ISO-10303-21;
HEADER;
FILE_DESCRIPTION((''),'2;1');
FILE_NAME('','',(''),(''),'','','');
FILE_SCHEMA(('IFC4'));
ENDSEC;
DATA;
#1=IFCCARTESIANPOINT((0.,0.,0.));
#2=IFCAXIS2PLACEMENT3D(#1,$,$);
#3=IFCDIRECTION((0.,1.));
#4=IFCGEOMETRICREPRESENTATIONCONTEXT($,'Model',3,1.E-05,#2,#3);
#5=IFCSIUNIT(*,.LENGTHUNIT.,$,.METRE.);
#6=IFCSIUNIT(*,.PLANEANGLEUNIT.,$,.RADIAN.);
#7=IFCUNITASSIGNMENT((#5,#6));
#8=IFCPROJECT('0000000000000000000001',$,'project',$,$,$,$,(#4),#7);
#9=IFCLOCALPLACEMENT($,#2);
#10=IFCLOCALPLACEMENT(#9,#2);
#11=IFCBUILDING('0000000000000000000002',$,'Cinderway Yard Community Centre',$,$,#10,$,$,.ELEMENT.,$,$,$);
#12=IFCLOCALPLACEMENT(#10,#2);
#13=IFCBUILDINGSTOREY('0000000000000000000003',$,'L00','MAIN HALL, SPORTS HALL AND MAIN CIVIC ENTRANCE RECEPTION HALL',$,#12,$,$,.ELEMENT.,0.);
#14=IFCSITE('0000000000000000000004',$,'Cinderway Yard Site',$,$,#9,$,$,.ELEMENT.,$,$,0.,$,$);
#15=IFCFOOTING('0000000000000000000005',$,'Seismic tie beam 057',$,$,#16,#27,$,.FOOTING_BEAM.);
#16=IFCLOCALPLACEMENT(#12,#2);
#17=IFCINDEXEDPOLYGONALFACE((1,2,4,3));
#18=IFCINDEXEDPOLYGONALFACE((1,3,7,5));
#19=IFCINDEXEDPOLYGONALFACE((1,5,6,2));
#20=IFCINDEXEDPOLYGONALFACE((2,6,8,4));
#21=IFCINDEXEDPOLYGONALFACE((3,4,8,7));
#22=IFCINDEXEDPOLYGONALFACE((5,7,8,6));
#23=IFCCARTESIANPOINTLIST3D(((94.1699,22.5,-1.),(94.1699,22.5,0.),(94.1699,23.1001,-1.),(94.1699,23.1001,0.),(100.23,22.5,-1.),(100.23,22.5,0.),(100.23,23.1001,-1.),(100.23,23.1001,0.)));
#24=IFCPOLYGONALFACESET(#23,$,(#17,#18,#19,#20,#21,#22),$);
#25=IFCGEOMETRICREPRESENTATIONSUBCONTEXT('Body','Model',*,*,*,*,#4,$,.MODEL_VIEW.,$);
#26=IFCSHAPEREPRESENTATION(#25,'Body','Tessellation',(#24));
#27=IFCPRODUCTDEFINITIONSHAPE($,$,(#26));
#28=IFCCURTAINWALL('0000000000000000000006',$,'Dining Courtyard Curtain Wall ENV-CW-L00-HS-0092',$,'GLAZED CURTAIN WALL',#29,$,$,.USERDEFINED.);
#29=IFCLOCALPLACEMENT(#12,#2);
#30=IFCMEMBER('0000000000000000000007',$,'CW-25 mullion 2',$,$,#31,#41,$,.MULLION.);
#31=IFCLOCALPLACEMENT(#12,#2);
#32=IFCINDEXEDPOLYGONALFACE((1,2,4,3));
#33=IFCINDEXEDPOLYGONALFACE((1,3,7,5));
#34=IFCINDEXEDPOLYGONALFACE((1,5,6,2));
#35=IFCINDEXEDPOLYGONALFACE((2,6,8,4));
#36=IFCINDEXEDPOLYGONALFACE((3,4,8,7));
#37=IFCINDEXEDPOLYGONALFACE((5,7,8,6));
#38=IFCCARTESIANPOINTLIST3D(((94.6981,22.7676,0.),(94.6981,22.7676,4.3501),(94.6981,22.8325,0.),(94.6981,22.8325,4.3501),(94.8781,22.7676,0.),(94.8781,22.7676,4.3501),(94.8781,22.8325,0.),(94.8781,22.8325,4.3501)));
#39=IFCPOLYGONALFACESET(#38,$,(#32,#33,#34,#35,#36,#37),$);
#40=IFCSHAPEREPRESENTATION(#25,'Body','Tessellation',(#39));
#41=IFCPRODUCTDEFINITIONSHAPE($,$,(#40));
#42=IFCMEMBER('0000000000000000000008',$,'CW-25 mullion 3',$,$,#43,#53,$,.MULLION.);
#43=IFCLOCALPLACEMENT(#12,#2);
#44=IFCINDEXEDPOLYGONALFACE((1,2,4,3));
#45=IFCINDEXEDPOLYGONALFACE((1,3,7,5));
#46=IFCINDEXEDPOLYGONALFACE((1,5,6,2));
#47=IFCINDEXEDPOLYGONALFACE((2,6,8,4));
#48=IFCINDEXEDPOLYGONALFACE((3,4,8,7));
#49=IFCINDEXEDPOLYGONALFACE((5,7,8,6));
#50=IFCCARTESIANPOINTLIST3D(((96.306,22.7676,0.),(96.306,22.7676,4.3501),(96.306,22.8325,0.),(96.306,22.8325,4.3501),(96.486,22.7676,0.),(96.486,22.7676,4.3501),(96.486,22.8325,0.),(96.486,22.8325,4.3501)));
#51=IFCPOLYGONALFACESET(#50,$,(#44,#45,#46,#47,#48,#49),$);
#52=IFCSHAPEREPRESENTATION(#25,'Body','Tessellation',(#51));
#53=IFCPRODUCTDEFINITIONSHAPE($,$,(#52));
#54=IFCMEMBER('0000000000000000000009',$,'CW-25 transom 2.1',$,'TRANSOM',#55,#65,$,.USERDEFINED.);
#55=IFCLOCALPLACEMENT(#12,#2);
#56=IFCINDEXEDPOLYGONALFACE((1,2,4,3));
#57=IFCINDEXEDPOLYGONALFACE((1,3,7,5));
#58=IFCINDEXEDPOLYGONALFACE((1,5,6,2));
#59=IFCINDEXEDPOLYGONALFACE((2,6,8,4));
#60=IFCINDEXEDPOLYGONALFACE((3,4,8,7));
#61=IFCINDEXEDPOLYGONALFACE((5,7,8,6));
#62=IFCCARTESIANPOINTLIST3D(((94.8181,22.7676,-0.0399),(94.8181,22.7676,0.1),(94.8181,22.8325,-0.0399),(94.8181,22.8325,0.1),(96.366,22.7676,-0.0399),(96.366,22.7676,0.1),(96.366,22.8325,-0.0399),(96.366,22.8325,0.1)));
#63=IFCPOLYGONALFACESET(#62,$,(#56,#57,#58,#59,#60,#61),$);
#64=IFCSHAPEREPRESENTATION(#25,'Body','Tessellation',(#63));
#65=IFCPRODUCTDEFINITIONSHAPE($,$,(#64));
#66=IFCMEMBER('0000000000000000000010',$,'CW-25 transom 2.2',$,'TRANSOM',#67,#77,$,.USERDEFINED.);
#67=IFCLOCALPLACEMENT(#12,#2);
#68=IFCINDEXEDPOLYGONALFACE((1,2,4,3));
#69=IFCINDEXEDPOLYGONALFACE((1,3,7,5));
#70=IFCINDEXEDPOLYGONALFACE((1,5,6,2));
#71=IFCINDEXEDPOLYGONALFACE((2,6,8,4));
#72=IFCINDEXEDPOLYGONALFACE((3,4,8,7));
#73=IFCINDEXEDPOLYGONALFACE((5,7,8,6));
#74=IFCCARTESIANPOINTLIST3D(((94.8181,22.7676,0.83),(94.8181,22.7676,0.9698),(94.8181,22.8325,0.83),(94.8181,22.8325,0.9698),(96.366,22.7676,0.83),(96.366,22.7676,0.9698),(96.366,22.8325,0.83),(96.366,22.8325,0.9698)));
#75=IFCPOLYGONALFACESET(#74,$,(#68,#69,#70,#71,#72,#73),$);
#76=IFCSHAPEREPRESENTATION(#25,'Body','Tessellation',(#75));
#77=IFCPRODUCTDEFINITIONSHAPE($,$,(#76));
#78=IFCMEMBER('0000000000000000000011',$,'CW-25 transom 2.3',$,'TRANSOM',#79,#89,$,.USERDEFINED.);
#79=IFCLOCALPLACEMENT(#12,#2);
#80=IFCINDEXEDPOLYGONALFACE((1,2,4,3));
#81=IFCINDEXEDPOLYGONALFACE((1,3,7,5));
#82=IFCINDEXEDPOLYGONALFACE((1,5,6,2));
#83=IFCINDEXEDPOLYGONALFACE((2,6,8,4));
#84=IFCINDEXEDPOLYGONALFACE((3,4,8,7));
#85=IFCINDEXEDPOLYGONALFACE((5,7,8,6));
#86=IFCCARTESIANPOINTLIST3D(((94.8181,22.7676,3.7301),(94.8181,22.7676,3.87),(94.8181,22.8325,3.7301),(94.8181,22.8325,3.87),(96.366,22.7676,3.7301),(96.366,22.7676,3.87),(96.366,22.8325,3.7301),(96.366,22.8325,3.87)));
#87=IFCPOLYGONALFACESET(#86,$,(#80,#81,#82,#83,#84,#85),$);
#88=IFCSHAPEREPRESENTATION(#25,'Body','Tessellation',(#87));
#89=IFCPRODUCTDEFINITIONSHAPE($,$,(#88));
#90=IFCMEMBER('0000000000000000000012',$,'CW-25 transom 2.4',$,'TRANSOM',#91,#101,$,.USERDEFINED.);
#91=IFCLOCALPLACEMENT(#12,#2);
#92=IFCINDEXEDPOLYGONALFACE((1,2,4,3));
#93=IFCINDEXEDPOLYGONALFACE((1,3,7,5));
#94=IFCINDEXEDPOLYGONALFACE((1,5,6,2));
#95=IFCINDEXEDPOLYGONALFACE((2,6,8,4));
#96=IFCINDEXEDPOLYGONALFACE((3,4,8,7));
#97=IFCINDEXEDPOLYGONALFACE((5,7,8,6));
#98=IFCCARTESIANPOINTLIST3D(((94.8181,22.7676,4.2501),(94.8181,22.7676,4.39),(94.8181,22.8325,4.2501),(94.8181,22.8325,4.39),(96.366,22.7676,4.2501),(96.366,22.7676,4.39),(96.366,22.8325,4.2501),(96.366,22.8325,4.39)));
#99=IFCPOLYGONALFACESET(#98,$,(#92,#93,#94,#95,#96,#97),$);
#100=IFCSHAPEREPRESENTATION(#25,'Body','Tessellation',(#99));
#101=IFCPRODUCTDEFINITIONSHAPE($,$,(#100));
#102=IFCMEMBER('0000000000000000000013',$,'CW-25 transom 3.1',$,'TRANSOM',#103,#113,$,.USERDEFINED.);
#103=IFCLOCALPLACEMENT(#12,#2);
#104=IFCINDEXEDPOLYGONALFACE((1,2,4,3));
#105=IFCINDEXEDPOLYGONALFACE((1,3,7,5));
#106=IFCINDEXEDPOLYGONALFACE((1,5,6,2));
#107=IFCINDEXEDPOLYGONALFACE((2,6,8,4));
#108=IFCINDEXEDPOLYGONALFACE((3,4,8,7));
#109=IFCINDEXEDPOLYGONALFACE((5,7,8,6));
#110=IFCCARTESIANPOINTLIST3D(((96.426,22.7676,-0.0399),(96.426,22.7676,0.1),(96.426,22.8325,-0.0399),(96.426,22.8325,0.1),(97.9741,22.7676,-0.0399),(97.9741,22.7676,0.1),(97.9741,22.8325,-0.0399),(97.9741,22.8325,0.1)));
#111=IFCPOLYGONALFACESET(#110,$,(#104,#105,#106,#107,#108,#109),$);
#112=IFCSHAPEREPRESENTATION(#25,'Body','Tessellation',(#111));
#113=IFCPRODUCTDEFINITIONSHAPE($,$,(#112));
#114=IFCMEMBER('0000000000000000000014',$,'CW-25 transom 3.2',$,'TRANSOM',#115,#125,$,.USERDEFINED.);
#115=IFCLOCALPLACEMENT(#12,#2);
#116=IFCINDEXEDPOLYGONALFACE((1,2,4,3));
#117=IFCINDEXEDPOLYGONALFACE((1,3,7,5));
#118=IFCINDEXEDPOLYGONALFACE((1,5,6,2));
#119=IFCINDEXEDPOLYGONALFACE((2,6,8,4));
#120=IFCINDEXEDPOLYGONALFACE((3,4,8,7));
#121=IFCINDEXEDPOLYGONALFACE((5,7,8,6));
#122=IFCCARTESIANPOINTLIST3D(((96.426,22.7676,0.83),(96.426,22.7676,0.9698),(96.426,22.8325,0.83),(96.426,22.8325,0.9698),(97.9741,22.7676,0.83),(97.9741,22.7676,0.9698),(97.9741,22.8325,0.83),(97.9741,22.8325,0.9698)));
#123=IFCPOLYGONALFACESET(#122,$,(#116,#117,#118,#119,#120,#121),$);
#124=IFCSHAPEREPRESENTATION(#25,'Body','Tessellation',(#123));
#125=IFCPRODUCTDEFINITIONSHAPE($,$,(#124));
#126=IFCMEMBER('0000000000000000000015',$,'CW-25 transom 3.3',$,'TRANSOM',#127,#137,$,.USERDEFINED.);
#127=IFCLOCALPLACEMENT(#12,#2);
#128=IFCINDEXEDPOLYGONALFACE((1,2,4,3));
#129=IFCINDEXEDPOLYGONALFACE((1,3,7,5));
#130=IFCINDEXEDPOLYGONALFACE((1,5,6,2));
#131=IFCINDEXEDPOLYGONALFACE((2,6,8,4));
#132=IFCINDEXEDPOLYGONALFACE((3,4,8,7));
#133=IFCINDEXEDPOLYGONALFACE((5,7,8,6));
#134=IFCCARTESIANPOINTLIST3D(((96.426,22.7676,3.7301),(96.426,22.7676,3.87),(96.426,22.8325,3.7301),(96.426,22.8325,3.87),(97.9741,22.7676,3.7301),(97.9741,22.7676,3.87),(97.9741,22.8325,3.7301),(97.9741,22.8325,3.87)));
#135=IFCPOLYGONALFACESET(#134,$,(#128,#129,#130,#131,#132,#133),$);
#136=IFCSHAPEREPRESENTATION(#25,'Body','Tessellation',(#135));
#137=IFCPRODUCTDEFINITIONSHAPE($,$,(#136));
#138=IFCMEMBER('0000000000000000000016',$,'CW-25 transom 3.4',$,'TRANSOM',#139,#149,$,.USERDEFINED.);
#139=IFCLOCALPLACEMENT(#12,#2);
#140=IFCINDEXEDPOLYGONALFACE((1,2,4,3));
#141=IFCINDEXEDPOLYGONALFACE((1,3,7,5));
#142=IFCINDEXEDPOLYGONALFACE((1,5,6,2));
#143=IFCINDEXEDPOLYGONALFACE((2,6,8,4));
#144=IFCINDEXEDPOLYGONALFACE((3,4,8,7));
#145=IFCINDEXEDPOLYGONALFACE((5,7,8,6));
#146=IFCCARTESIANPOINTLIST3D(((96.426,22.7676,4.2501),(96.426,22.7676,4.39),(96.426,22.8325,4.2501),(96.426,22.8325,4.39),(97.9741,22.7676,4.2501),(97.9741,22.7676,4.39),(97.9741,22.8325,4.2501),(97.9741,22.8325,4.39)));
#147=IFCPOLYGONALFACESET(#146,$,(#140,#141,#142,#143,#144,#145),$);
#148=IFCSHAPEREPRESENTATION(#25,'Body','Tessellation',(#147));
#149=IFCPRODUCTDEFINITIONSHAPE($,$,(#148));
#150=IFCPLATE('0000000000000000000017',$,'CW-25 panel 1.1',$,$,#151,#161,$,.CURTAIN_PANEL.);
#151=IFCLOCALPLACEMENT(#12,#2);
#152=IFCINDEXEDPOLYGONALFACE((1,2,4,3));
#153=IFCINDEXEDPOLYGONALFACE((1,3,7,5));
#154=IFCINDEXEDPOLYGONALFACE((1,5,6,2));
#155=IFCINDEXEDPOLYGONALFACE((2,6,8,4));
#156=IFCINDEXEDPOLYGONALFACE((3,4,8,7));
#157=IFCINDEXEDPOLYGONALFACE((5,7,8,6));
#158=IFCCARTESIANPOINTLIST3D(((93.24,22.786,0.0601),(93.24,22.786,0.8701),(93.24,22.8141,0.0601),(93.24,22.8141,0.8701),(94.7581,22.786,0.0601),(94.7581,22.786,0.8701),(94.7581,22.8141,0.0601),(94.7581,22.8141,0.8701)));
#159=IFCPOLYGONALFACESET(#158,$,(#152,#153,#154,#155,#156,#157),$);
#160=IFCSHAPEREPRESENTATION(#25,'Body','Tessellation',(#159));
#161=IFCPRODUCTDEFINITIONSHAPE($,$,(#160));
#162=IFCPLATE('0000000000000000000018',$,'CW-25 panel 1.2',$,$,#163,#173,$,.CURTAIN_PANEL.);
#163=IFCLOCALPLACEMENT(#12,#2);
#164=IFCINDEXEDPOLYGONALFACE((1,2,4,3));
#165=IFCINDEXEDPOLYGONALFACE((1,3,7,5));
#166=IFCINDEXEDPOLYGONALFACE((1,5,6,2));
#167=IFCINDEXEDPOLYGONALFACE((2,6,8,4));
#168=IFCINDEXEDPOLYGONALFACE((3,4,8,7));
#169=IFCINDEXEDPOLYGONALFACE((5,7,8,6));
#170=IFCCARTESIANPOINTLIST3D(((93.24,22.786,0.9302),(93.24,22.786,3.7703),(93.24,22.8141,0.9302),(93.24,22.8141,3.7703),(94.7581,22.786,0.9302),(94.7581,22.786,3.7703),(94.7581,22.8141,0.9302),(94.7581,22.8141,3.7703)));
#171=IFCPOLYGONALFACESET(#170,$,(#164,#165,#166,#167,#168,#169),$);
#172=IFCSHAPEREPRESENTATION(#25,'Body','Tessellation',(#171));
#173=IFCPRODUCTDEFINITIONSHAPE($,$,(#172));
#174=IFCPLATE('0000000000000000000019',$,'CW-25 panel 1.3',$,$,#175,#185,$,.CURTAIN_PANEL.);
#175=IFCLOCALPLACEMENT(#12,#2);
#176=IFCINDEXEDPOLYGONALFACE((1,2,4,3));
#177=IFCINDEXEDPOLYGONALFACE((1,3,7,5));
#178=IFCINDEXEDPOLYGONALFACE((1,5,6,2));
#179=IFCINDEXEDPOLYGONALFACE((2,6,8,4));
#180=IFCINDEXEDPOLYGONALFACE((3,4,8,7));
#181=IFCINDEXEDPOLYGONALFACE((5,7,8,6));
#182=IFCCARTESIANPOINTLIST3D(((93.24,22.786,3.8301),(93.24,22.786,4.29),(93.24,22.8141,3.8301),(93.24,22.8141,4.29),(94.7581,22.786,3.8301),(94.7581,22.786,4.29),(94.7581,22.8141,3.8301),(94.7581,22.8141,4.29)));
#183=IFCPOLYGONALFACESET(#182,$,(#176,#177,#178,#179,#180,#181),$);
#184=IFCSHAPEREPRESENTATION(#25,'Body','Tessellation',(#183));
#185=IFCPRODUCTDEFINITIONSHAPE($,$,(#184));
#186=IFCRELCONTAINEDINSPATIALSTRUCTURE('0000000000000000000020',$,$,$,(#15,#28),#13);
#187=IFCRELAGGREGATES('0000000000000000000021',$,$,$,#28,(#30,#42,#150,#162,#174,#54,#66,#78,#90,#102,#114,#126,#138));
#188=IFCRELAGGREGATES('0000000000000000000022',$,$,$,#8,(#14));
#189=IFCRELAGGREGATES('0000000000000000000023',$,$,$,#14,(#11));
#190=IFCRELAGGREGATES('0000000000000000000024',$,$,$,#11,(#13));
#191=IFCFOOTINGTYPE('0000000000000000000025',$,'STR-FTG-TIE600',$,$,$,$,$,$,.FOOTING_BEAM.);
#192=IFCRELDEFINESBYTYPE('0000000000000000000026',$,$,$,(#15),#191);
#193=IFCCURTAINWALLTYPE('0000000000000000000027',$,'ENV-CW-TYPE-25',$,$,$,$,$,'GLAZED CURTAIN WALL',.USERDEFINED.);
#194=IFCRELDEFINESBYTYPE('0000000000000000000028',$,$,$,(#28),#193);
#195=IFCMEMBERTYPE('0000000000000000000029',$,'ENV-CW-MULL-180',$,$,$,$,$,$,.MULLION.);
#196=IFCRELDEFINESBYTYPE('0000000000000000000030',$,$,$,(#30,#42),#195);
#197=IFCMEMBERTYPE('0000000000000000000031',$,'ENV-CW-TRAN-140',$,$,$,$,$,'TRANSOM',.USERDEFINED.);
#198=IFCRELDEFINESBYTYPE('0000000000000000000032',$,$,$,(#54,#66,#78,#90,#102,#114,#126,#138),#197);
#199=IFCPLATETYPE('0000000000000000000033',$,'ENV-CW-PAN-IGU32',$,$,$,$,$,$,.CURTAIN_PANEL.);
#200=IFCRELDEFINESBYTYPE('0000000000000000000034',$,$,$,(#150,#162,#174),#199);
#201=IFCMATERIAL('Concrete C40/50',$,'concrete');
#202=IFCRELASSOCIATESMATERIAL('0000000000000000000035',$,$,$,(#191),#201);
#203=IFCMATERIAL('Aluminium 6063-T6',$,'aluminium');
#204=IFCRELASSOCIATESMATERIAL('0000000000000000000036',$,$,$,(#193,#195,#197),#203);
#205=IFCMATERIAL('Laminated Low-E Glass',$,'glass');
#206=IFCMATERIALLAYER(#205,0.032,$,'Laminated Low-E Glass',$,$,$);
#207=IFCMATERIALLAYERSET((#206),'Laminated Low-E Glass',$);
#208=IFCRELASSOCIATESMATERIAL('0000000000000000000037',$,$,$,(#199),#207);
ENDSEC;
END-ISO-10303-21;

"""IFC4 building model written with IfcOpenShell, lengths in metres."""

from ifc_helpers import new_model, si_unit, direction, frame, origin, origin_2d, place, context, subcontext, project, spatial, rectangle, extrude, material, layer, layer_set, material_profile, profile_set, type_object, element, aggregate, save


model = new_model("IFC4")

# Units and contexts
model_context = context("Model", 3, precision=1e-05, world=origin(), true_north=direction((0.0, 1.0)))
body_context = subcontext(model_context, "Body", "Model", "MODEL_VIEW")
ifc_project = project(units=[si_unit("LENGTHUNIT", "METRE"), si_unit("PLANEANGLEUNIT", "RADIAN")], contexts=[model_context])

# Site, building, storey
site_placement = place(None, origin())
site = spatial("IfcSite", under=ifc_project, at=site_placement, Name="Cinderway Yard Site", CompositionType="ELEMENT", RefElevation=0.0)
building_placement = place(site_placement, origin())
building = spatial("IfcBuilding", under=site, at=building_placement, Name="Cinderway Yard Community Centre", CompositionType="ELEMENT")
storey_placement = place(building_placement, origin())
storey = spatial("IfcBuildingStorey", under=building, at=storey_placement, Name="L00", Description="MAIN HALL, SPORTS HALL AND MAIN CIVIC ENTRANCE RECEPTION HALL", CompositionType="ELEMENT", Elevation=0.0)

# Footing
ifc_material_1 = material(Name="Concrete C40/50", Category="concrete")
footing_type = type_object("IfcFootingType", Name="STR-FTG-TIE600", PredefinedType="FOOTING_BEAM", material=ifc_material_1)
footing_placement = place(storey_placement, frame((97.2, 22.8, -1.0), z_axis=(0.0, 0.0, 1.0), x_axis=(1.0, 0.0, 0.0)))
element("IfcFooting", 1, at=footing_placement, inside=storey, type_object=footing_type, Name="Seismic tie beam 057", PredefinedType="FOOTING_BEAM", context=body_context, shape_type="SweptSolid", body=[
    extrude(rectangle(XDim=6.0601, YDim=0.6001, at=origin_2d()), origin(), (0.0, 0.0, 1.0), 1.0),
])

# Curtain wall, members, plates
ifc_material_2 = material(Name="Aluminium 6063-T6", Category="aluminium")
curtain_wall_type = type_object("IfcCurtainWallType", Name="ENV-CW-TYPE-25", ElementType="GLAZED CURTAIN WALL", PredefinedType="USERDEFINED", material=ifc_material_2)
curtain_wall_placement = place(storey_placement, origin())
curtain_wall = element("IfcCurtainWall", 2, at=curtain_wall_placement, inside=storey, type_object=curtain_wall_type, Name="Dining Courtyard Curtain Wall ENV-CW-L00-HS-0092", ObjectType="GLAZED CURTAIN WALL", PredefinedType="USERDEFINED")
ifc_material_profile_1 = material_profile(ifc_material_2, rectangle(XDim=0.0649, YDim=0.1799, at=origin_2d()), Name="Aluminium 6063-T6")
ifc_profile_set_1 = profile_set([ifc_material_profile_1], Name="Aluminium 6063-T6")
member_type_1 = type_object("IfcMemberType", Name="ENV-CW-MULL-180", PredefinedType="MULLION", material=ifc_profile_set_1)
member_1_placement = place(storey_placement, frame((94.7881, 22.8, 0.0), z_axis=(0.0, 0.0, 1.0), x_axis=(0.0, 1.0, 0.0)))
member_1 = element("IfcMember", 3, at=member_1_placement, type_object=member_type_1, Name="CW-25 mullion 2", PredefinedType="MULLION", context=body_context, shape_type="SweptSolid", body=[
    extrude(rectangle(XDim=0.0649, YDim=0.1799, at=origin_2d()), origin(), (0.0, 0.0, 1.0), 4.3501),
])
member_2_placement = place(storey_placement, frame((96.396, 22.8, 0.0), z_axis=(0.0, 0.0, 1.0), x_axis=(0.0, 1.0, 0.0)))
member_2 = element("IfcMember", 4, at=member_2_placement, type_object=member_type_1, Name="CW-25 mullion 3", PredefinedType="MULLION", context=body_context, shape_type="SweptSolid", body=[
    extrude(rectangle(XDim=0.0649, YDim=0.1799, at=origin_2d()), origin(), (0.0, 0.0, 1.0), 4.3501),
])
ifc_material_profile_2 = material_profile(ifc_material_2, rectangle(XDim=0.0649, YDim=0.1399, at=origin_2d()), Name="Aluminium 6063-T6")
ifc_profile_set_2 = profile_set([ifc_material_profile_2], Name="Aluminium 6063-T6")
member_type_2 = type_object("IfcMemberType", Name="ENV-CW-TRAN-140", ElementType="TRANSOM", PredefinedType="USERDEFINED", material=ifc_profile_set_2)
member_3_placement = place(storey_placement, frame((94.8181, 22.8, 0.03), z_axis=(1.0, 0.0, 0.0), x_axis=(0.0, 1.0, 0.0)))
member_3 = element("IfcMember", 5, at=member_3_placement, type_object=member_type_2, Name="CW-25 transom 2.1", ObjectType="TRANSOM", PredefinedType="USERDEFINED", context=body_context, shape_type="SweptSolid", body=[
    extrude(rectangle(XDim=0.0649, YDim=0.1399, at=origin_2d()), origin(), (0.0, 0.0, 1.0), 1.5479),
])
member_4_placement = place(storey_placement, frame((94.8181, 22.8, 0.8999), z_axis=(1.0, 0.0, 0.0), x_axis=(0.0, 1.0, 0.0)))
member_4 = element("IfcMember", 6, at=member_4_placement, type_object=member_type_2, Name="CW-25 transom 2.2", ObjectType="TRANSOM", PredefinedType="USERDEFINED", context=body_context, shape_type="SweptSolid", body=[
    extrude(rectangle(XDim=0.0649, YDim=0.1399, at=origin_2d()), origin(), (0.0, 0.0, 1.0), 1.5479),
])
member_5_placement = place(storey_placement, frame((94.8181, 22.8, 3.8), z_axis=(1.0, 0.0, 0.0), x_axis=(0.0, 1.0, 0.0)))
member_5 = element("IfcMember", 7, at=member_5_placement, type_object=member_type_2, Name="CW-25 transom 2.3", ObjectType="TRANSOM", PredefinedType="USERDEFINED", context=body_context, shape_type="SweptSolid", body=[
    extrude(rectangle(XDim=0.0649, YDim=0.1399, at=origin_2d()), origin(), (0.0, 0.0, 1.0), 1.5479),
])
member_6_placement = place(storey_placement, frame((94.8181, 22.8, 4.3201), z_axis=(1.0, 0.0, 0.0), x_axis=(0.0, 1.0, 0.0)))
member_6 = element("IfcMember", 8, at=member_6_placement, type_object=member_type_2, Name="CW-25 transom 2.4", ObjectType="TRANSOM", PredefinedType="USERDEFINED", context=body_context, shape_type="SweptSolid", body=[
    extrude(rectangle(XDim=0.0649, YDim=0.1399, at=origin_2d()), origin(), (0.0, 0.0, 1.0), 1.5479),
])
member_7_placement = place(storey_placement, frame((96.426, 22.8, 0.03), z_axis=(1.0, 0.0, 0.0), x_axis=(0.0, 1.0, 0.0)))
member_7 = element("IfcMember", 9, at=member_7_placement, type_object=member_type_2, Name="CW-25 transom 3.1", ObjectType="TRANSOM", PredefinedType="USERDEFINED", context=body_context, shape_type="SweptSolid", body=[
    extrude(rectangle(XDim=0.0649, YDim=0.1399, at=origin_2d()), origin(), (0.0, 0.0, 1.0), 1.5481),
])
member_8_placement = place(storey_placement, frame((96.426, 22.8, 0.8999), z_axis=(1.0, 0.0, 0.0), x_axis=(0.0, 1.0, 0.0)))
member_8 = element("IfcMember", 10, at=member_8_placement, type_object=member_type_2, Name="CW-25 transom 3.2", ObjectType="TRANSOM", PredefinedType="USERDEFINED", context=body_context, shape_type="SweptSolid", body=[
    extrude(rectangle(XDim=0.0649, YDim=0.1399, at=origin_2d()), origin(), (0.0, 0.0, 1.0), 1.5481),
])
member_9_placement = place(storey_placement, frame((96.426, 22.8, 3.8), z_axis=(1.0, 0.0, 0.0), x_axis=(0.0, 1.0, 0.0)))
member_9 = element("IfcMember", 11, at=member_9_placement, type_object=member_type_2, Name="CW-25 transom 3.3", ObjectType="TRANSOM", PredefinedType="USERDEFINED", context=body_context, shape_type="SweptSolid", body=[
    extrude(rectangle(XDim=0.0649, YDim=0.1399, at=origin_2d()), origin(), (0.0, 0.0, 1.0), 1.5481),
])
member_10_placement = place(storey_placement, frame((96.426, 22.8, 4.3201), z_axis=(1.0, 0.0, 0.0), x_axis=(0.0, 1.0, 0.0)))
member_10 = element("IfcMember", 12, at=member_10_placement, type_object=member_type_2, Name="CW-25 transom 3.4", ObjectType="TRANSOM", PredefinedType="USERDEFINED", context=body_context, shape_type="SweptSolid", body=[
    extrude(rectangle(XDim=0.0649, YDim=0.1399, at=origin_2d()), origin(), (0.0, 0.0, 1.0), 1.5481),
])
ifc_material_3 = material(Name="Laminated Low-E Glass", Category="glass")
ifc_layer = layer(ifc_material_3, 0.032, Name="Laminated Low-E Glass")
ifc_layer_set = layer_set([ifc_layer], Name="Laminated Low-E Glass")
plate_type = type_object("IfcPlateType", Name="ENV-CW-PAN-IGU32", PredefinedType="CURTAIN_PANEL", material=ifc_layer_set)
plate_1_placement = place(storey_placement, frame((93.999, 22.8, 0.0601), z_axis=(0.0, 0.0, 1.0), x_axis=(1.0, 0.0, 0.0)))
plate_1 = element("IfcPlate", 13, at=plate_1_placement, type_object=plate_type, Name="CW-25 panel 1.1", PredefinedType="CURTAIN_PANEL", context=body_context, shape_type="SweptSolid", body=[
    extrude(rectangle(XDim=1.5181, YDim=0.0281, at=origin_2d()), origin(), (0.0, 0.0, 1.0), 0.8101),
])
plate_2_placement = place(storey_placement, frame((93.999, 22.8, 0.9302), z_axis=(0.0, 0.0, 1.0), x_axis=(1.0, 0.0, 0.0)))
plate_2 = element("IfcPlate", 14, at=plate_2_placement, type_object=plate_type, Name="CW-25 panel 1.2", PredefinedType="CURTAIN_PANEL", context=body_context, shape_type="SweptSolid", body=[
    extrude(rectangle(XDim=1.5181, YDim=0.0281, at=origin_2d()), origin(), (0.0, 0.0, 1.0), 2.8401),
])
plate_3_placement = place(storey_placement, frame((93.999, 22.8, 3.8301), z_axis=(0.0, 0.0, 1.0), x_axis=(1.0, 0.0, 0.0)))
plate_3 = element("IfcPlate", 15, at=plate_3_placement, type_object=plate_type, Name="CW-25 panel 1.3", PredefinedType="CURTAIN_PANEL", context=body_context, shape_type="SweptSolid", body=[
    extrude(rectangle(XDim=1.5181, YDim=0.0281, at=origin_2d()), origin(), (0.0, 0.0, 1.0), 0.46),
])
aggregate(curtain_wall, [member_1, member_2, plate_1, plate_2, plate_3, member_3, member_4, member_5, member_6, member_7, member_8, member_9, member_10])

save(model, "model.ifc")
